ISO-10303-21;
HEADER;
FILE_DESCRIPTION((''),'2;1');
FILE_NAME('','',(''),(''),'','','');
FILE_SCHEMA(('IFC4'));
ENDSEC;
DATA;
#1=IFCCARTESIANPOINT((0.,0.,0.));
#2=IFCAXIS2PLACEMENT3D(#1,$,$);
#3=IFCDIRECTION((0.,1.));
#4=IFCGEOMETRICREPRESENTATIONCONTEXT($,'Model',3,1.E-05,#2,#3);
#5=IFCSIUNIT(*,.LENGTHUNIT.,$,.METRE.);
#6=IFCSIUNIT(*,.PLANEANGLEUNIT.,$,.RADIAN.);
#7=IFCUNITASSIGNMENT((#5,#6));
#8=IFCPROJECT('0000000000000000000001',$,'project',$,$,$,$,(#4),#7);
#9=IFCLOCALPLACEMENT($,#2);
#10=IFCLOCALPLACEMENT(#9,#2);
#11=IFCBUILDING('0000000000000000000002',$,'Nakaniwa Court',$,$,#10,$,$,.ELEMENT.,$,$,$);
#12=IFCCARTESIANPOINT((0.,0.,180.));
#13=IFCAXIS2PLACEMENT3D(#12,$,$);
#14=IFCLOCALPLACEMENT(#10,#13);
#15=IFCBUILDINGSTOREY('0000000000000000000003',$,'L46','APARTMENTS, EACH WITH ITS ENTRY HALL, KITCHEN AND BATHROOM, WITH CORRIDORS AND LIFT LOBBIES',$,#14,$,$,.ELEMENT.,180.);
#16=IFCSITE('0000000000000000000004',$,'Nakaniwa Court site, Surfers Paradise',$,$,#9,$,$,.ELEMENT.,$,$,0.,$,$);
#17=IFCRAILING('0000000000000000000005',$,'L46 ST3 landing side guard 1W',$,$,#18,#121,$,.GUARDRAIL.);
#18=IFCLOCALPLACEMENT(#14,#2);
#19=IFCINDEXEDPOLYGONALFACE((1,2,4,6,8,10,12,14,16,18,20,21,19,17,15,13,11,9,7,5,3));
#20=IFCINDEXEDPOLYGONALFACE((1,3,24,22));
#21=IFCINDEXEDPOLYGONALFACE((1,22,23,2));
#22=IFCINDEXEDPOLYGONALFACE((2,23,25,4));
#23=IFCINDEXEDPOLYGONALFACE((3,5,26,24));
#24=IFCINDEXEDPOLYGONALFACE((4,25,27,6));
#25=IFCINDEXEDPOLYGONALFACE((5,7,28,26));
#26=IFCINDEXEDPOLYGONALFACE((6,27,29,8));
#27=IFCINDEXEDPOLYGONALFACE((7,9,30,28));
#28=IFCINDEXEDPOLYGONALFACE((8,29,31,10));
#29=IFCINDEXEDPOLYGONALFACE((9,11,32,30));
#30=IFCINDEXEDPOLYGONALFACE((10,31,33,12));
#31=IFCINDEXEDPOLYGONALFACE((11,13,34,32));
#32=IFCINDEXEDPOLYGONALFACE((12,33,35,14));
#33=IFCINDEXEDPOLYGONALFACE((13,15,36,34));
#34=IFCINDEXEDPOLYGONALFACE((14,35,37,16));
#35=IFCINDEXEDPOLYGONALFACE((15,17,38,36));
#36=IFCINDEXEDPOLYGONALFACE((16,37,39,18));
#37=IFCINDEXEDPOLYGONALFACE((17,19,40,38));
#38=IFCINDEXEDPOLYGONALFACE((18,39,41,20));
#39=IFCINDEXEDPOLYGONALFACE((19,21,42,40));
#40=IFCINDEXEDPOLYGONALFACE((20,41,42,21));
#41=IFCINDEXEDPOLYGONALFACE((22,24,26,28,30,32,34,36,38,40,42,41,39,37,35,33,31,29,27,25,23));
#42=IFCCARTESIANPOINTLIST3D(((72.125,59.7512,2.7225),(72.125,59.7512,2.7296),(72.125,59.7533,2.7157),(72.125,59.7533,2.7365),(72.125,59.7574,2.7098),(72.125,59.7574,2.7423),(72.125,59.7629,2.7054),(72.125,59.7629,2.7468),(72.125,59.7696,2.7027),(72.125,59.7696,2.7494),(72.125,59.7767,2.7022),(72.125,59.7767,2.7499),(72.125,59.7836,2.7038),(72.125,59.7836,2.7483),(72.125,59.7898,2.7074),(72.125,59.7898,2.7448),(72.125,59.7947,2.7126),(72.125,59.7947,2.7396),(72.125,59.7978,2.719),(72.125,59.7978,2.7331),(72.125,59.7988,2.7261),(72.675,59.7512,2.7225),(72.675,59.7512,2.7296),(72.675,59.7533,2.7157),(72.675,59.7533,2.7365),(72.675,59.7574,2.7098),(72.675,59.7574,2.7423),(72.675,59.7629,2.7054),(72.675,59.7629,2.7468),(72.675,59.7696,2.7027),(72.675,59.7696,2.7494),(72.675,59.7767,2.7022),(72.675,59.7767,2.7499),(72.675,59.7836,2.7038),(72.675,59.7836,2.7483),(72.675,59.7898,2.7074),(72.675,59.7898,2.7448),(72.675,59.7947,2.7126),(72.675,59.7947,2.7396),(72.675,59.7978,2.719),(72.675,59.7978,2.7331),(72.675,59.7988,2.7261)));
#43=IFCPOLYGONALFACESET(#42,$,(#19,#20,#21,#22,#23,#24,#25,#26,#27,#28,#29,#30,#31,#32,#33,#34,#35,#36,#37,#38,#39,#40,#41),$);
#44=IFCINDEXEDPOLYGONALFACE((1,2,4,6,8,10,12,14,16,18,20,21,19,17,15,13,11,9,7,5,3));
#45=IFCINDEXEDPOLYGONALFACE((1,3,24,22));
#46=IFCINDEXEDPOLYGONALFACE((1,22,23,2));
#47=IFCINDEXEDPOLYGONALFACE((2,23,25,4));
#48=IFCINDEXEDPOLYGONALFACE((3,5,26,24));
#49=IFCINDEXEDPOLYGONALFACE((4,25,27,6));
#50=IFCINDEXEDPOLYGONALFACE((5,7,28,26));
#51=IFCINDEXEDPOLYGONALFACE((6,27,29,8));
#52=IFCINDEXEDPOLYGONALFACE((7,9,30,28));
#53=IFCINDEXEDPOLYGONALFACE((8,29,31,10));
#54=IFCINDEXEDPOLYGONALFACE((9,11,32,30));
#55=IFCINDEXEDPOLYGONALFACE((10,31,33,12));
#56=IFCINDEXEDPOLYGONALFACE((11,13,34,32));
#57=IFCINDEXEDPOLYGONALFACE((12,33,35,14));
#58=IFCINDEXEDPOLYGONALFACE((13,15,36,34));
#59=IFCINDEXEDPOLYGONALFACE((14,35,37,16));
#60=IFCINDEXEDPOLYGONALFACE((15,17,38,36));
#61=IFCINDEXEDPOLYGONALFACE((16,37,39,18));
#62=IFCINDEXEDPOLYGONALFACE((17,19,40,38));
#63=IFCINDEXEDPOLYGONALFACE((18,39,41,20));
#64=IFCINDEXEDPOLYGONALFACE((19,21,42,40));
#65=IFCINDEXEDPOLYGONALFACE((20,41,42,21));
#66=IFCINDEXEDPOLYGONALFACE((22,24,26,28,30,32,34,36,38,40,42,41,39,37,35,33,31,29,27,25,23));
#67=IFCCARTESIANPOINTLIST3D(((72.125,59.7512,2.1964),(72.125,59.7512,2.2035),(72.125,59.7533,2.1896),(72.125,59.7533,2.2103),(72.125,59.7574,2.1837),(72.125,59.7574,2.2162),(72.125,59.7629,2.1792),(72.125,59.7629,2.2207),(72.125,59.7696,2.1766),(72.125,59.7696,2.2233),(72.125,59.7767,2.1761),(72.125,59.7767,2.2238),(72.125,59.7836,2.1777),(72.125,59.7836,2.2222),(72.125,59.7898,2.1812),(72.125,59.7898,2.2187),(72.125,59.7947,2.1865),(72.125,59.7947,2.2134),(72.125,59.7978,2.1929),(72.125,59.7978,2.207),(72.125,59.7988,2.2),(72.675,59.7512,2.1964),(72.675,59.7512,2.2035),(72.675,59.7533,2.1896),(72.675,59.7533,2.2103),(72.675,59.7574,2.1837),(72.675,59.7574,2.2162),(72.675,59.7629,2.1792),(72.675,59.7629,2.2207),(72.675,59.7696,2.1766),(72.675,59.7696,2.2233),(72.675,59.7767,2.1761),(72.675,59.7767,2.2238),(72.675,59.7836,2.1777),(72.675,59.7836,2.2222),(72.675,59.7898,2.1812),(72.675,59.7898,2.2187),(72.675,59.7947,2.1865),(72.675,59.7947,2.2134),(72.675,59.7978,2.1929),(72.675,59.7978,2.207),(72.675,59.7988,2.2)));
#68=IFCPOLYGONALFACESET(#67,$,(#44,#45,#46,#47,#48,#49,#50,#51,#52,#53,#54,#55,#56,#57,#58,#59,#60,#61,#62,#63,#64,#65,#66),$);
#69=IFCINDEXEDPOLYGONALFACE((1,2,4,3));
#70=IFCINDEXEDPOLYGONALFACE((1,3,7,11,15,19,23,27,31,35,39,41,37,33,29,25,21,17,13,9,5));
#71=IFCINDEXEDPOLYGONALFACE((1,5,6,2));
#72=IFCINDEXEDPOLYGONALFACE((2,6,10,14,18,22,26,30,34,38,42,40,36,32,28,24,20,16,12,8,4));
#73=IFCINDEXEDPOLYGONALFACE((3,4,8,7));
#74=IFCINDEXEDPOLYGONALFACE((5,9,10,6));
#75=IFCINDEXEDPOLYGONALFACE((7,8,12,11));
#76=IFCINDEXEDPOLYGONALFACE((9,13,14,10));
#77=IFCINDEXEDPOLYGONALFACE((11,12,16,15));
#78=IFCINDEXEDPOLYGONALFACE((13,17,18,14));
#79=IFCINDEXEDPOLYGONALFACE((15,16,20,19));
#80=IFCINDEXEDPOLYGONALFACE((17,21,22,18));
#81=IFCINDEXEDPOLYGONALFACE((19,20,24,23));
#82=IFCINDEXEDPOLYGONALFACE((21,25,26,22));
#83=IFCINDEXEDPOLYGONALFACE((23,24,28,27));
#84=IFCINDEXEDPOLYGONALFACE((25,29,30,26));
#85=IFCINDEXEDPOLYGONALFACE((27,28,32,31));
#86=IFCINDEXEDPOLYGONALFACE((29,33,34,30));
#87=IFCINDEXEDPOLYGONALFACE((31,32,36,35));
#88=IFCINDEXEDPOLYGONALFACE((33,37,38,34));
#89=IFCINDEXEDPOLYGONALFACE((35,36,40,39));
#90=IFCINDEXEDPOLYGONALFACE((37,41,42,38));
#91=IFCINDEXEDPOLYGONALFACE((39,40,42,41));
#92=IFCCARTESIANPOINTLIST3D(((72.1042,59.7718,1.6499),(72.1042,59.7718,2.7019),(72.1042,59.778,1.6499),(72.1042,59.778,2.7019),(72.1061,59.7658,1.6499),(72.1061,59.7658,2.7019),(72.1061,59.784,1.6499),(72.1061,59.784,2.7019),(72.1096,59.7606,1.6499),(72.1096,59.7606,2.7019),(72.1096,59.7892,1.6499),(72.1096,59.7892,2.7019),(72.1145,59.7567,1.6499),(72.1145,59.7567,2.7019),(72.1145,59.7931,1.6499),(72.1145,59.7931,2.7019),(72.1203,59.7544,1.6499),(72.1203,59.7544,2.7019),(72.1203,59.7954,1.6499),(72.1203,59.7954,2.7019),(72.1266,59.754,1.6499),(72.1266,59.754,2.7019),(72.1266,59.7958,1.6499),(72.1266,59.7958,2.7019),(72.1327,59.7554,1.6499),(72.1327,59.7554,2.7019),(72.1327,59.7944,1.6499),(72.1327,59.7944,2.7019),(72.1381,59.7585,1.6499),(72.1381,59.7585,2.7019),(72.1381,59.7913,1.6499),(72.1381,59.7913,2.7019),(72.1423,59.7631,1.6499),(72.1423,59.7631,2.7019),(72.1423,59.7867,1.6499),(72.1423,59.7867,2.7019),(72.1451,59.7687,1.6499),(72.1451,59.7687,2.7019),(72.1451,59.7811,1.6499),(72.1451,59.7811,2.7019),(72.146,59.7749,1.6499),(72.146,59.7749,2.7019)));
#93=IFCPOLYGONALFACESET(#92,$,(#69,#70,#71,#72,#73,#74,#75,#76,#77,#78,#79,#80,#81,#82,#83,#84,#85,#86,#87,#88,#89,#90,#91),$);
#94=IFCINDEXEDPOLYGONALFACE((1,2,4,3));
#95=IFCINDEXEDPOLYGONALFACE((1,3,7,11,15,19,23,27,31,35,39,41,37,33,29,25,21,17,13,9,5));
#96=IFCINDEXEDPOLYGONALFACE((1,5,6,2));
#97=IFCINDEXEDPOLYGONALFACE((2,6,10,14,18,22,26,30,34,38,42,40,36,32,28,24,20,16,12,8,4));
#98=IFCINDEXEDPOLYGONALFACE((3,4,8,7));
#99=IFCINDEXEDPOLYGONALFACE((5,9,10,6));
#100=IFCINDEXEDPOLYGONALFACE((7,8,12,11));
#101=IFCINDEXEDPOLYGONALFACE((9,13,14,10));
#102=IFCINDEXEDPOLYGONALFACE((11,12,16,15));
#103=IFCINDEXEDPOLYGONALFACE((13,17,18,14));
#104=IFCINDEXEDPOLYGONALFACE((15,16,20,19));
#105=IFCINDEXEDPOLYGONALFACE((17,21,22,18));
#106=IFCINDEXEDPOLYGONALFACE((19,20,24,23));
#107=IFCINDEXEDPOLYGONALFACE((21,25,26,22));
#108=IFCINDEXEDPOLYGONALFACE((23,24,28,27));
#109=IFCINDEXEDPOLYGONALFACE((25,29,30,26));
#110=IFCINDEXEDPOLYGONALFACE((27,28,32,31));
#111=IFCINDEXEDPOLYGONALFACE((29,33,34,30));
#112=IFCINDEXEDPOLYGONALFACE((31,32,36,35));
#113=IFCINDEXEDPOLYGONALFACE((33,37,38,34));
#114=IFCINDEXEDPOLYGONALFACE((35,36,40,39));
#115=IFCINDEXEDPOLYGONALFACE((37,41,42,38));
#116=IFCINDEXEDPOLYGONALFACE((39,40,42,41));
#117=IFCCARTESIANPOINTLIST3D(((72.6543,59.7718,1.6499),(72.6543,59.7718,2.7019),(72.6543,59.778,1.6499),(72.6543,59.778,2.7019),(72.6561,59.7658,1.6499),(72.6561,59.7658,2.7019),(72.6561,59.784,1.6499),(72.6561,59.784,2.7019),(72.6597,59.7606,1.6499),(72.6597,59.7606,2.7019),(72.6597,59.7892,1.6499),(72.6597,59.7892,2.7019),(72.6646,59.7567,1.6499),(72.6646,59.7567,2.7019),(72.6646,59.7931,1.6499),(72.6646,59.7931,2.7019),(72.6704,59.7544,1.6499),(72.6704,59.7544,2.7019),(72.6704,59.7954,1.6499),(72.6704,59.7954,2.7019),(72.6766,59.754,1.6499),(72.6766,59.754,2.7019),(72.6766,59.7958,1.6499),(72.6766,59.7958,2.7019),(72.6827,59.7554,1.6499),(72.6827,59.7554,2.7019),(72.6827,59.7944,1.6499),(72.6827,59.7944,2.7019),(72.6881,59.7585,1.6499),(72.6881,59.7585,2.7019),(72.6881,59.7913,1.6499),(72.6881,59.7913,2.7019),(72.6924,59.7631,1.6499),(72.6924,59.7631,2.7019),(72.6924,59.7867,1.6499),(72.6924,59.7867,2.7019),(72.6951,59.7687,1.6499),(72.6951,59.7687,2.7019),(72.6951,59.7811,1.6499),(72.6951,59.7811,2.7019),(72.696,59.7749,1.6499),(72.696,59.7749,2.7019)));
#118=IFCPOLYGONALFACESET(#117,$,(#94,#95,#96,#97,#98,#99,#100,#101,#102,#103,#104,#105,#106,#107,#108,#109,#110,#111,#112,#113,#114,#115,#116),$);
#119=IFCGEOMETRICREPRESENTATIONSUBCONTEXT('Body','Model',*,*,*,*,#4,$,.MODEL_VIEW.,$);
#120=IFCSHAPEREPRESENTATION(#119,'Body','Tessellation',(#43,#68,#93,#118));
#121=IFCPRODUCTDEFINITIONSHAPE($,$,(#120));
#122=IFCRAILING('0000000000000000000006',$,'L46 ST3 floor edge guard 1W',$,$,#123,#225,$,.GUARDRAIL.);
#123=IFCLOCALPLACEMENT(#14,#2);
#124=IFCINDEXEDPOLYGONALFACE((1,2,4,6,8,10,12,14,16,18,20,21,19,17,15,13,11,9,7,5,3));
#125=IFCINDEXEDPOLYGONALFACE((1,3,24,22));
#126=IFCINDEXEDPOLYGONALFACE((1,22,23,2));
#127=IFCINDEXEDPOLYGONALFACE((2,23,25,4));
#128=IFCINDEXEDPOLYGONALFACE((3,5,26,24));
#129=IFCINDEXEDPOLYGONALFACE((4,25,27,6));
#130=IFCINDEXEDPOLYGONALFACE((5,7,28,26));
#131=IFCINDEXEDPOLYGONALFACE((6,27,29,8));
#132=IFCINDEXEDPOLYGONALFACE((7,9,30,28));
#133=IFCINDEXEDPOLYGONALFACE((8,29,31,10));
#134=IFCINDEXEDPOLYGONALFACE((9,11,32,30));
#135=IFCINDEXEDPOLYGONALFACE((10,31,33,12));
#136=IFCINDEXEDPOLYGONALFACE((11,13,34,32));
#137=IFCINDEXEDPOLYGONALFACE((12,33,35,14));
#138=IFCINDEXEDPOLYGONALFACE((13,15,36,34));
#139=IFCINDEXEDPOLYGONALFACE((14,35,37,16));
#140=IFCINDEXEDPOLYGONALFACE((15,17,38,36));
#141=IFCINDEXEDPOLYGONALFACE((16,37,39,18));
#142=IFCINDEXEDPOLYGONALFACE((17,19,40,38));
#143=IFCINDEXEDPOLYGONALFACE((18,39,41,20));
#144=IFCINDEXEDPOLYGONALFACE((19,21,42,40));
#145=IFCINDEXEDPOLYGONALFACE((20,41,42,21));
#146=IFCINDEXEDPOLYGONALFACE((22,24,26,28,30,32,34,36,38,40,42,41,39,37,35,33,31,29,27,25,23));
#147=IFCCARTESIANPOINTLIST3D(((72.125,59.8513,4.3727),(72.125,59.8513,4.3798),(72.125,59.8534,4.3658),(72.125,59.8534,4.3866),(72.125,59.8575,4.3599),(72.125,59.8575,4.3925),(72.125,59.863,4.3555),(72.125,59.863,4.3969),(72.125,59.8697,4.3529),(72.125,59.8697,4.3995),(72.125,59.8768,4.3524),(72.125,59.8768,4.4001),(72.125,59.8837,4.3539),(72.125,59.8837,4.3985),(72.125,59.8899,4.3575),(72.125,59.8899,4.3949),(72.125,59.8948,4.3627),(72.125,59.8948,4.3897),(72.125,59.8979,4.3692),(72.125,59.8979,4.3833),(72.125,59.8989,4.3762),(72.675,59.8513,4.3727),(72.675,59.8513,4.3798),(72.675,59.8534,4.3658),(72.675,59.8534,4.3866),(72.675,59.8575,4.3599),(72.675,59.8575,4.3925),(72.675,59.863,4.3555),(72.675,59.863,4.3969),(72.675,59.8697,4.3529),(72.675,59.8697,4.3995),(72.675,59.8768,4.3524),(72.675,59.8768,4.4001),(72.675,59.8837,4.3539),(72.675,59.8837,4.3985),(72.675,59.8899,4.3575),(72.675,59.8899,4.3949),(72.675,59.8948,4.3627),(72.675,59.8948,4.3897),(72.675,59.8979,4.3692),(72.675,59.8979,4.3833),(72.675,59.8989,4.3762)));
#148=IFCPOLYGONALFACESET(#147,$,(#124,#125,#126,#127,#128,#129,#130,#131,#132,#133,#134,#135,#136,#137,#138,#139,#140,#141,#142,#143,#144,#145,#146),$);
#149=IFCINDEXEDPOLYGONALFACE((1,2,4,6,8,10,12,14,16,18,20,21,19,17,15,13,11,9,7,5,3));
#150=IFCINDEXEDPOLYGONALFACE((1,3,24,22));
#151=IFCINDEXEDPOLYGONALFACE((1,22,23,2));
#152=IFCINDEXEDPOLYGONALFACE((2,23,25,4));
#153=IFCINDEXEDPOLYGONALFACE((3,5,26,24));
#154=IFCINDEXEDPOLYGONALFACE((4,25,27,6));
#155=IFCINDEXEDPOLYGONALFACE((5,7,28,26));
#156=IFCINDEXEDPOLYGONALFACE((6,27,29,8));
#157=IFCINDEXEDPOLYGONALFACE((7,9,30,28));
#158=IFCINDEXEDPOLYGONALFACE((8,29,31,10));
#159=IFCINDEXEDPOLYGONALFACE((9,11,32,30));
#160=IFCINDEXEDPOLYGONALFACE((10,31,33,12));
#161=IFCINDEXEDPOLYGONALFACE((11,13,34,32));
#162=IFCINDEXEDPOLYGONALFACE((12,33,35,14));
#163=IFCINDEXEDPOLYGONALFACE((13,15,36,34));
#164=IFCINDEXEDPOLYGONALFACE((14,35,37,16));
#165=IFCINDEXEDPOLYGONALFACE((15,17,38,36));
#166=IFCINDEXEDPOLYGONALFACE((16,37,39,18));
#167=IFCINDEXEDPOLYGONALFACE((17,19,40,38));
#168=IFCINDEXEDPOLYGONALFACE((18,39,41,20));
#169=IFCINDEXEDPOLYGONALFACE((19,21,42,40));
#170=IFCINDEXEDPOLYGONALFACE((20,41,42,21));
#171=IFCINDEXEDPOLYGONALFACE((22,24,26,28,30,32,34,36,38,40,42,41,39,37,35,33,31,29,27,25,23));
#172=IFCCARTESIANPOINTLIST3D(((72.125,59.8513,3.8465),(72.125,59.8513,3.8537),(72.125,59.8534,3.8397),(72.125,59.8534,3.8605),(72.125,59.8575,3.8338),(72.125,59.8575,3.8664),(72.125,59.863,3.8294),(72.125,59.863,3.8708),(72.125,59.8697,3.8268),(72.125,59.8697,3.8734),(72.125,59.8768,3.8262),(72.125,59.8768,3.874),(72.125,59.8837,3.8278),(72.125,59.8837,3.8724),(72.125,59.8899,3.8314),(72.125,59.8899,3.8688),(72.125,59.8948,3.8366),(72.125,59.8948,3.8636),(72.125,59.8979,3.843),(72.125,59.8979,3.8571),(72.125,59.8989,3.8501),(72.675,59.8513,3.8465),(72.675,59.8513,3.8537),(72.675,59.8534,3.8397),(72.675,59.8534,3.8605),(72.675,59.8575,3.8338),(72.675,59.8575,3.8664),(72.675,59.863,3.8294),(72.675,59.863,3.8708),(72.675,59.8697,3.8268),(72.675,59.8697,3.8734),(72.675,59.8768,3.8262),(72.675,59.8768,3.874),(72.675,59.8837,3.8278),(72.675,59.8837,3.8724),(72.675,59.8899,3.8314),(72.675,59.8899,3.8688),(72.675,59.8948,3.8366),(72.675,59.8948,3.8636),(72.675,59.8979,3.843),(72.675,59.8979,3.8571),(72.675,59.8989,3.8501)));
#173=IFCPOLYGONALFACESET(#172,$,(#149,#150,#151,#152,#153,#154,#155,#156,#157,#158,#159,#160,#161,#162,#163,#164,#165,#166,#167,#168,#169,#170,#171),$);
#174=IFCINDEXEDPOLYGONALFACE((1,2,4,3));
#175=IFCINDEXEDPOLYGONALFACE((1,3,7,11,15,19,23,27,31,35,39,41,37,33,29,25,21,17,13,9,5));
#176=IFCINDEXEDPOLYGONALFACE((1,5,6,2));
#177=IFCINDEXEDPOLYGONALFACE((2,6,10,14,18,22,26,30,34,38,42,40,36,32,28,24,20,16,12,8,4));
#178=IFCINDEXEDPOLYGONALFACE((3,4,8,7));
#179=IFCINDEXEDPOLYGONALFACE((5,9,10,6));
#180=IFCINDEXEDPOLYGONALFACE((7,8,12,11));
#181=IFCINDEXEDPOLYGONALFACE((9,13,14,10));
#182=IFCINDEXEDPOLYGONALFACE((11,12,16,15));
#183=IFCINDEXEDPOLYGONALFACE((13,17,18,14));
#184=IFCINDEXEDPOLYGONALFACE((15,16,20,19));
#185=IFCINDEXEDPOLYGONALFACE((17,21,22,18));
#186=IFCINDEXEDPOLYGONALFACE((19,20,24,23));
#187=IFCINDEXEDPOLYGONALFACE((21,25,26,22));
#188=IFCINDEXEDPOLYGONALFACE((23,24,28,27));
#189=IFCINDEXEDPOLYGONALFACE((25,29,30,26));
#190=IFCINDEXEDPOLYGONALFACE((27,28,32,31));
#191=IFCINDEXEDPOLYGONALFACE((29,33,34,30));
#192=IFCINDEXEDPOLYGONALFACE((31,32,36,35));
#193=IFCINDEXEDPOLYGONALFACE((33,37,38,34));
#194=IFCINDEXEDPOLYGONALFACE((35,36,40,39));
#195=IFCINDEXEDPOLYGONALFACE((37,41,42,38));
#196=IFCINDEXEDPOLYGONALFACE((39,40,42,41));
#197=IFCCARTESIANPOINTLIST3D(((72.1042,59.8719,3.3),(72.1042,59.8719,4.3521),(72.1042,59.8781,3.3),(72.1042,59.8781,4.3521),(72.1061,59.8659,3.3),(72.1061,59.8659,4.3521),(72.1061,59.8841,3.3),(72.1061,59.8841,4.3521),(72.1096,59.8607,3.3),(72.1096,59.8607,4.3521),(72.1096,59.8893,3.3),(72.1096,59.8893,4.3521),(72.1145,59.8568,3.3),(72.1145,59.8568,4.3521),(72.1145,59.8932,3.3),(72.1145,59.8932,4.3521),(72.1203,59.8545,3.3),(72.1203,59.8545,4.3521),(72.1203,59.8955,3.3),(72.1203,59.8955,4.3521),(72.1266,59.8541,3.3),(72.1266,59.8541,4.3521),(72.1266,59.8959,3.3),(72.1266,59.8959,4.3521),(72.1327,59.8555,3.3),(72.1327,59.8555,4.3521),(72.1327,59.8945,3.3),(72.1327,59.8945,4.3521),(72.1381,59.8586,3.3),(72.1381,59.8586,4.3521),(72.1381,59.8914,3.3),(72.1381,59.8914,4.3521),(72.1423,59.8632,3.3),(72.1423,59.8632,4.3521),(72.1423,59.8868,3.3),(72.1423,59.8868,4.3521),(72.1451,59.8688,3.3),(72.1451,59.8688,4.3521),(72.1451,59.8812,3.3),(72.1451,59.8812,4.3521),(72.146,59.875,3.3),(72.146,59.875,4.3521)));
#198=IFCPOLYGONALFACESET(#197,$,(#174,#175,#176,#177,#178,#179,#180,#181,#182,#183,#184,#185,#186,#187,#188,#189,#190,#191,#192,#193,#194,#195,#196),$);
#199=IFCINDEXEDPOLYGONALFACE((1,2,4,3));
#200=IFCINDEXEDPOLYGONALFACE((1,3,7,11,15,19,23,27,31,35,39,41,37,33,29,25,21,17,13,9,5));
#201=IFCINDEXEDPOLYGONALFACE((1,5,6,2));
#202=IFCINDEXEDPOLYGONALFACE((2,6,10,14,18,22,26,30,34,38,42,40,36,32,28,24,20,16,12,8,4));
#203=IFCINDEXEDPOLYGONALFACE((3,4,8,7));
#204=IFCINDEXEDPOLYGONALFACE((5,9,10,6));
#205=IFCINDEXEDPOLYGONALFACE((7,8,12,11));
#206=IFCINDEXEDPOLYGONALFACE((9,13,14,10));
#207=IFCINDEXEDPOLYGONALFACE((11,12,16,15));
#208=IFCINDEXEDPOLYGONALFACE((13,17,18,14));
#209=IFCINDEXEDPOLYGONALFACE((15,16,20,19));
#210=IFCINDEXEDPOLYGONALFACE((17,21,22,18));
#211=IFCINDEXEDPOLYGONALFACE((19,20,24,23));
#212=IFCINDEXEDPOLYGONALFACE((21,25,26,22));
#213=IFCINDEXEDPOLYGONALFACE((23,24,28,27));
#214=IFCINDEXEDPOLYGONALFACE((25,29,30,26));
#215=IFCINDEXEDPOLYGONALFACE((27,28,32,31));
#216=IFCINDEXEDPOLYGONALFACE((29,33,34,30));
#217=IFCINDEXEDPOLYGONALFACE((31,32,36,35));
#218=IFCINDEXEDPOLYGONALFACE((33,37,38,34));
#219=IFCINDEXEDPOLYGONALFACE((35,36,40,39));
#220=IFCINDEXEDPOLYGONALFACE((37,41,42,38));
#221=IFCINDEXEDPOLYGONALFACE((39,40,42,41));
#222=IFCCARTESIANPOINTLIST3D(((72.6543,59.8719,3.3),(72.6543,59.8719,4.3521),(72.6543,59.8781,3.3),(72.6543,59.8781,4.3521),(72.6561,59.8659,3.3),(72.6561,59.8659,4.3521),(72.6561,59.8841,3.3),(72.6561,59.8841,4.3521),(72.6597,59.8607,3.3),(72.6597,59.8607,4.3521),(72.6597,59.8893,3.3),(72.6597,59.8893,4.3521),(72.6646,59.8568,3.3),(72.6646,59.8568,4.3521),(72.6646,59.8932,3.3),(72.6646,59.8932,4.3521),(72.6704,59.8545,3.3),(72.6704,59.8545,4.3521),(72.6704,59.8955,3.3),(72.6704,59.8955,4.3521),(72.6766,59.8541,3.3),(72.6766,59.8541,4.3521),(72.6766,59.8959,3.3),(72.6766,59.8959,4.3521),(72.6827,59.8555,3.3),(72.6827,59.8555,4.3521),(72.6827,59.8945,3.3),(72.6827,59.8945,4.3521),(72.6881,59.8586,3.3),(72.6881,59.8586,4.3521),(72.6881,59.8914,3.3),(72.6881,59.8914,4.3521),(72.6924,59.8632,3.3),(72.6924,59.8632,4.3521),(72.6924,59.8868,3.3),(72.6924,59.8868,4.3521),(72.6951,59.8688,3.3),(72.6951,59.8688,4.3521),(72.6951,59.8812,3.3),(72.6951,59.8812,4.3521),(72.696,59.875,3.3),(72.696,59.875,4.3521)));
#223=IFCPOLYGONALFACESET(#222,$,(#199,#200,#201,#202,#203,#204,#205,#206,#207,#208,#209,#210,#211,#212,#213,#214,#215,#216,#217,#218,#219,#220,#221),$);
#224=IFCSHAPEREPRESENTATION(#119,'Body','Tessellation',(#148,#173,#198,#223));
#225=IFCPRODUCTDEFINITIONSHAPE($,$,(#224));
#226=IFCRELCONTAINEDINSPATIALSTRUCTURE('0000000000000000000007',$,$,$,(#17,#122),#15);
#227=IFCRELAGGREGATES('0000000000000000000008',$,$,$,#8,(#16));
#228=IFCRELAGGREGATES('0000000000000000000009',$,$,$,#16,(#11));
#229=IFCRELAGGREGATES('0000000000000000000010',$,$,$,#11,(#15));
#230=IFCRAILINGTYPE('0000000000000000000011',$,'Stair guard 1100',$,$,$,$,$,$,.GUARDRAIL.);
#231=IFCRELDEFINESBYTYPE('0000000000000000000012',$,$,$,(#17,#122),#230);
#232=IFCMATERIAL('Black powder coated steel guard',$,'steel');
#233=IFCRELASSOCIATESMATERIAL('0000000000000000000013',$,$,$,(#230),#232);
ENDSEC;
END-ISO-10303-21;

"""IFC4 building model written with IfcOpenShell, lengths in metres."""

from ifc_helpers import new_model, si_unit, direction, frame, origin, origin_2d, place, context, subcontext, project, spatial, circle, extrude, material, type_object, element, save


model = new_model("IFC4")

# Units and contexts
model_context = context("Model", 3, precision=1e-05, world=origin(), true_north=direction((0.0, 1.0)))
body_context = subcontext(model_context, "Body", "Model", "MODEL_VIEW")
ifc_project = project(units=[si_unit("LENGTHUNIT", "METRE"), si_unit("PLANEANGLEUNIT", "RADIAN")], contexts=[model_context])

# Site, building, storey
site_placement = place(None, origin())
site = spatial("IfcSite", under=ifc_project, at=site_placement, Name="Nakaniwa Court site, Surfers Paradise", CompositionType="ELEMENT", RefElevation=0.0)
building_placement = place(site_placement, origin())
building = spatial("IfcBuilding", under=site, at=building_placement, Name="Nakaniwa Court", CompositionType="ELEMENT")
storey_placement = place(building_placement, frame((0.0, 0.0, 180.0)))
storey = spatial("IfcBuildingStorey", under=building, at=storey_placement, Name="L46", Description="APARTMENTS, EACH WITH ITS ENTRY HALL, KITCHEN AND BATHROOM, WITH CORRIDORS AND LIFT LOBBIES", CompositionType="ELEMENT", Elevation=180.0)

# Railings
ifc_material_1 = material(Name="Black powder coated steel guard", Category="steel")
railing_type_1 = type_object("IfcRailingType", Name="Stair guard 1100", PredefinedType="GUARDRAIL", material=ifc_material_1)
for number, where, name in (
    (1, (72.125, 59.7749, 1.6499), "L46 ST3 landing side guard 1W"),
    (2, (72.125, 59.875, 3.3), "L46 ST3 floor edge guard 1W"),
):
    element("IfcRailing", number, at=place(storey_placement, frame(where)), inside=storey, type_object=railing_type_1, Name=name, PredefinedType="GUARDRAIL", context=body_context, shape_type="SweptSolid", body=[
        extrude(circle(Radius=0.0239, at=origin_2d()), frame((0.0, 0.0, 1.0762), z_axis=(1.0, 0.0, 0.0), x_axis=(0.0, 1.0, 0.0)), (0.0, 0.0, 1.0), 0.55),
        extrude(circle(Radius=0.0239, at=origin_2d()), frame((0.0, 0.0, 0.55), z_axis=(1.0, 0.0, 0.0), x_axis=(0.0, 1.0, 0.0)), (0.0, 0.0, 1.0), 0.55),
        extrude(circle(Radius=0.021, at=origin_2d()), origin(), (0.0, 0.0, 1.0), 1.052),
        extrude(circle(Radius=0.021, at=origin_2d()), frame((0.55, 0.0, 0.0)), (0.0, 0.0, 1.0), 1.052),
    ])

save(model, "model.ifc")
